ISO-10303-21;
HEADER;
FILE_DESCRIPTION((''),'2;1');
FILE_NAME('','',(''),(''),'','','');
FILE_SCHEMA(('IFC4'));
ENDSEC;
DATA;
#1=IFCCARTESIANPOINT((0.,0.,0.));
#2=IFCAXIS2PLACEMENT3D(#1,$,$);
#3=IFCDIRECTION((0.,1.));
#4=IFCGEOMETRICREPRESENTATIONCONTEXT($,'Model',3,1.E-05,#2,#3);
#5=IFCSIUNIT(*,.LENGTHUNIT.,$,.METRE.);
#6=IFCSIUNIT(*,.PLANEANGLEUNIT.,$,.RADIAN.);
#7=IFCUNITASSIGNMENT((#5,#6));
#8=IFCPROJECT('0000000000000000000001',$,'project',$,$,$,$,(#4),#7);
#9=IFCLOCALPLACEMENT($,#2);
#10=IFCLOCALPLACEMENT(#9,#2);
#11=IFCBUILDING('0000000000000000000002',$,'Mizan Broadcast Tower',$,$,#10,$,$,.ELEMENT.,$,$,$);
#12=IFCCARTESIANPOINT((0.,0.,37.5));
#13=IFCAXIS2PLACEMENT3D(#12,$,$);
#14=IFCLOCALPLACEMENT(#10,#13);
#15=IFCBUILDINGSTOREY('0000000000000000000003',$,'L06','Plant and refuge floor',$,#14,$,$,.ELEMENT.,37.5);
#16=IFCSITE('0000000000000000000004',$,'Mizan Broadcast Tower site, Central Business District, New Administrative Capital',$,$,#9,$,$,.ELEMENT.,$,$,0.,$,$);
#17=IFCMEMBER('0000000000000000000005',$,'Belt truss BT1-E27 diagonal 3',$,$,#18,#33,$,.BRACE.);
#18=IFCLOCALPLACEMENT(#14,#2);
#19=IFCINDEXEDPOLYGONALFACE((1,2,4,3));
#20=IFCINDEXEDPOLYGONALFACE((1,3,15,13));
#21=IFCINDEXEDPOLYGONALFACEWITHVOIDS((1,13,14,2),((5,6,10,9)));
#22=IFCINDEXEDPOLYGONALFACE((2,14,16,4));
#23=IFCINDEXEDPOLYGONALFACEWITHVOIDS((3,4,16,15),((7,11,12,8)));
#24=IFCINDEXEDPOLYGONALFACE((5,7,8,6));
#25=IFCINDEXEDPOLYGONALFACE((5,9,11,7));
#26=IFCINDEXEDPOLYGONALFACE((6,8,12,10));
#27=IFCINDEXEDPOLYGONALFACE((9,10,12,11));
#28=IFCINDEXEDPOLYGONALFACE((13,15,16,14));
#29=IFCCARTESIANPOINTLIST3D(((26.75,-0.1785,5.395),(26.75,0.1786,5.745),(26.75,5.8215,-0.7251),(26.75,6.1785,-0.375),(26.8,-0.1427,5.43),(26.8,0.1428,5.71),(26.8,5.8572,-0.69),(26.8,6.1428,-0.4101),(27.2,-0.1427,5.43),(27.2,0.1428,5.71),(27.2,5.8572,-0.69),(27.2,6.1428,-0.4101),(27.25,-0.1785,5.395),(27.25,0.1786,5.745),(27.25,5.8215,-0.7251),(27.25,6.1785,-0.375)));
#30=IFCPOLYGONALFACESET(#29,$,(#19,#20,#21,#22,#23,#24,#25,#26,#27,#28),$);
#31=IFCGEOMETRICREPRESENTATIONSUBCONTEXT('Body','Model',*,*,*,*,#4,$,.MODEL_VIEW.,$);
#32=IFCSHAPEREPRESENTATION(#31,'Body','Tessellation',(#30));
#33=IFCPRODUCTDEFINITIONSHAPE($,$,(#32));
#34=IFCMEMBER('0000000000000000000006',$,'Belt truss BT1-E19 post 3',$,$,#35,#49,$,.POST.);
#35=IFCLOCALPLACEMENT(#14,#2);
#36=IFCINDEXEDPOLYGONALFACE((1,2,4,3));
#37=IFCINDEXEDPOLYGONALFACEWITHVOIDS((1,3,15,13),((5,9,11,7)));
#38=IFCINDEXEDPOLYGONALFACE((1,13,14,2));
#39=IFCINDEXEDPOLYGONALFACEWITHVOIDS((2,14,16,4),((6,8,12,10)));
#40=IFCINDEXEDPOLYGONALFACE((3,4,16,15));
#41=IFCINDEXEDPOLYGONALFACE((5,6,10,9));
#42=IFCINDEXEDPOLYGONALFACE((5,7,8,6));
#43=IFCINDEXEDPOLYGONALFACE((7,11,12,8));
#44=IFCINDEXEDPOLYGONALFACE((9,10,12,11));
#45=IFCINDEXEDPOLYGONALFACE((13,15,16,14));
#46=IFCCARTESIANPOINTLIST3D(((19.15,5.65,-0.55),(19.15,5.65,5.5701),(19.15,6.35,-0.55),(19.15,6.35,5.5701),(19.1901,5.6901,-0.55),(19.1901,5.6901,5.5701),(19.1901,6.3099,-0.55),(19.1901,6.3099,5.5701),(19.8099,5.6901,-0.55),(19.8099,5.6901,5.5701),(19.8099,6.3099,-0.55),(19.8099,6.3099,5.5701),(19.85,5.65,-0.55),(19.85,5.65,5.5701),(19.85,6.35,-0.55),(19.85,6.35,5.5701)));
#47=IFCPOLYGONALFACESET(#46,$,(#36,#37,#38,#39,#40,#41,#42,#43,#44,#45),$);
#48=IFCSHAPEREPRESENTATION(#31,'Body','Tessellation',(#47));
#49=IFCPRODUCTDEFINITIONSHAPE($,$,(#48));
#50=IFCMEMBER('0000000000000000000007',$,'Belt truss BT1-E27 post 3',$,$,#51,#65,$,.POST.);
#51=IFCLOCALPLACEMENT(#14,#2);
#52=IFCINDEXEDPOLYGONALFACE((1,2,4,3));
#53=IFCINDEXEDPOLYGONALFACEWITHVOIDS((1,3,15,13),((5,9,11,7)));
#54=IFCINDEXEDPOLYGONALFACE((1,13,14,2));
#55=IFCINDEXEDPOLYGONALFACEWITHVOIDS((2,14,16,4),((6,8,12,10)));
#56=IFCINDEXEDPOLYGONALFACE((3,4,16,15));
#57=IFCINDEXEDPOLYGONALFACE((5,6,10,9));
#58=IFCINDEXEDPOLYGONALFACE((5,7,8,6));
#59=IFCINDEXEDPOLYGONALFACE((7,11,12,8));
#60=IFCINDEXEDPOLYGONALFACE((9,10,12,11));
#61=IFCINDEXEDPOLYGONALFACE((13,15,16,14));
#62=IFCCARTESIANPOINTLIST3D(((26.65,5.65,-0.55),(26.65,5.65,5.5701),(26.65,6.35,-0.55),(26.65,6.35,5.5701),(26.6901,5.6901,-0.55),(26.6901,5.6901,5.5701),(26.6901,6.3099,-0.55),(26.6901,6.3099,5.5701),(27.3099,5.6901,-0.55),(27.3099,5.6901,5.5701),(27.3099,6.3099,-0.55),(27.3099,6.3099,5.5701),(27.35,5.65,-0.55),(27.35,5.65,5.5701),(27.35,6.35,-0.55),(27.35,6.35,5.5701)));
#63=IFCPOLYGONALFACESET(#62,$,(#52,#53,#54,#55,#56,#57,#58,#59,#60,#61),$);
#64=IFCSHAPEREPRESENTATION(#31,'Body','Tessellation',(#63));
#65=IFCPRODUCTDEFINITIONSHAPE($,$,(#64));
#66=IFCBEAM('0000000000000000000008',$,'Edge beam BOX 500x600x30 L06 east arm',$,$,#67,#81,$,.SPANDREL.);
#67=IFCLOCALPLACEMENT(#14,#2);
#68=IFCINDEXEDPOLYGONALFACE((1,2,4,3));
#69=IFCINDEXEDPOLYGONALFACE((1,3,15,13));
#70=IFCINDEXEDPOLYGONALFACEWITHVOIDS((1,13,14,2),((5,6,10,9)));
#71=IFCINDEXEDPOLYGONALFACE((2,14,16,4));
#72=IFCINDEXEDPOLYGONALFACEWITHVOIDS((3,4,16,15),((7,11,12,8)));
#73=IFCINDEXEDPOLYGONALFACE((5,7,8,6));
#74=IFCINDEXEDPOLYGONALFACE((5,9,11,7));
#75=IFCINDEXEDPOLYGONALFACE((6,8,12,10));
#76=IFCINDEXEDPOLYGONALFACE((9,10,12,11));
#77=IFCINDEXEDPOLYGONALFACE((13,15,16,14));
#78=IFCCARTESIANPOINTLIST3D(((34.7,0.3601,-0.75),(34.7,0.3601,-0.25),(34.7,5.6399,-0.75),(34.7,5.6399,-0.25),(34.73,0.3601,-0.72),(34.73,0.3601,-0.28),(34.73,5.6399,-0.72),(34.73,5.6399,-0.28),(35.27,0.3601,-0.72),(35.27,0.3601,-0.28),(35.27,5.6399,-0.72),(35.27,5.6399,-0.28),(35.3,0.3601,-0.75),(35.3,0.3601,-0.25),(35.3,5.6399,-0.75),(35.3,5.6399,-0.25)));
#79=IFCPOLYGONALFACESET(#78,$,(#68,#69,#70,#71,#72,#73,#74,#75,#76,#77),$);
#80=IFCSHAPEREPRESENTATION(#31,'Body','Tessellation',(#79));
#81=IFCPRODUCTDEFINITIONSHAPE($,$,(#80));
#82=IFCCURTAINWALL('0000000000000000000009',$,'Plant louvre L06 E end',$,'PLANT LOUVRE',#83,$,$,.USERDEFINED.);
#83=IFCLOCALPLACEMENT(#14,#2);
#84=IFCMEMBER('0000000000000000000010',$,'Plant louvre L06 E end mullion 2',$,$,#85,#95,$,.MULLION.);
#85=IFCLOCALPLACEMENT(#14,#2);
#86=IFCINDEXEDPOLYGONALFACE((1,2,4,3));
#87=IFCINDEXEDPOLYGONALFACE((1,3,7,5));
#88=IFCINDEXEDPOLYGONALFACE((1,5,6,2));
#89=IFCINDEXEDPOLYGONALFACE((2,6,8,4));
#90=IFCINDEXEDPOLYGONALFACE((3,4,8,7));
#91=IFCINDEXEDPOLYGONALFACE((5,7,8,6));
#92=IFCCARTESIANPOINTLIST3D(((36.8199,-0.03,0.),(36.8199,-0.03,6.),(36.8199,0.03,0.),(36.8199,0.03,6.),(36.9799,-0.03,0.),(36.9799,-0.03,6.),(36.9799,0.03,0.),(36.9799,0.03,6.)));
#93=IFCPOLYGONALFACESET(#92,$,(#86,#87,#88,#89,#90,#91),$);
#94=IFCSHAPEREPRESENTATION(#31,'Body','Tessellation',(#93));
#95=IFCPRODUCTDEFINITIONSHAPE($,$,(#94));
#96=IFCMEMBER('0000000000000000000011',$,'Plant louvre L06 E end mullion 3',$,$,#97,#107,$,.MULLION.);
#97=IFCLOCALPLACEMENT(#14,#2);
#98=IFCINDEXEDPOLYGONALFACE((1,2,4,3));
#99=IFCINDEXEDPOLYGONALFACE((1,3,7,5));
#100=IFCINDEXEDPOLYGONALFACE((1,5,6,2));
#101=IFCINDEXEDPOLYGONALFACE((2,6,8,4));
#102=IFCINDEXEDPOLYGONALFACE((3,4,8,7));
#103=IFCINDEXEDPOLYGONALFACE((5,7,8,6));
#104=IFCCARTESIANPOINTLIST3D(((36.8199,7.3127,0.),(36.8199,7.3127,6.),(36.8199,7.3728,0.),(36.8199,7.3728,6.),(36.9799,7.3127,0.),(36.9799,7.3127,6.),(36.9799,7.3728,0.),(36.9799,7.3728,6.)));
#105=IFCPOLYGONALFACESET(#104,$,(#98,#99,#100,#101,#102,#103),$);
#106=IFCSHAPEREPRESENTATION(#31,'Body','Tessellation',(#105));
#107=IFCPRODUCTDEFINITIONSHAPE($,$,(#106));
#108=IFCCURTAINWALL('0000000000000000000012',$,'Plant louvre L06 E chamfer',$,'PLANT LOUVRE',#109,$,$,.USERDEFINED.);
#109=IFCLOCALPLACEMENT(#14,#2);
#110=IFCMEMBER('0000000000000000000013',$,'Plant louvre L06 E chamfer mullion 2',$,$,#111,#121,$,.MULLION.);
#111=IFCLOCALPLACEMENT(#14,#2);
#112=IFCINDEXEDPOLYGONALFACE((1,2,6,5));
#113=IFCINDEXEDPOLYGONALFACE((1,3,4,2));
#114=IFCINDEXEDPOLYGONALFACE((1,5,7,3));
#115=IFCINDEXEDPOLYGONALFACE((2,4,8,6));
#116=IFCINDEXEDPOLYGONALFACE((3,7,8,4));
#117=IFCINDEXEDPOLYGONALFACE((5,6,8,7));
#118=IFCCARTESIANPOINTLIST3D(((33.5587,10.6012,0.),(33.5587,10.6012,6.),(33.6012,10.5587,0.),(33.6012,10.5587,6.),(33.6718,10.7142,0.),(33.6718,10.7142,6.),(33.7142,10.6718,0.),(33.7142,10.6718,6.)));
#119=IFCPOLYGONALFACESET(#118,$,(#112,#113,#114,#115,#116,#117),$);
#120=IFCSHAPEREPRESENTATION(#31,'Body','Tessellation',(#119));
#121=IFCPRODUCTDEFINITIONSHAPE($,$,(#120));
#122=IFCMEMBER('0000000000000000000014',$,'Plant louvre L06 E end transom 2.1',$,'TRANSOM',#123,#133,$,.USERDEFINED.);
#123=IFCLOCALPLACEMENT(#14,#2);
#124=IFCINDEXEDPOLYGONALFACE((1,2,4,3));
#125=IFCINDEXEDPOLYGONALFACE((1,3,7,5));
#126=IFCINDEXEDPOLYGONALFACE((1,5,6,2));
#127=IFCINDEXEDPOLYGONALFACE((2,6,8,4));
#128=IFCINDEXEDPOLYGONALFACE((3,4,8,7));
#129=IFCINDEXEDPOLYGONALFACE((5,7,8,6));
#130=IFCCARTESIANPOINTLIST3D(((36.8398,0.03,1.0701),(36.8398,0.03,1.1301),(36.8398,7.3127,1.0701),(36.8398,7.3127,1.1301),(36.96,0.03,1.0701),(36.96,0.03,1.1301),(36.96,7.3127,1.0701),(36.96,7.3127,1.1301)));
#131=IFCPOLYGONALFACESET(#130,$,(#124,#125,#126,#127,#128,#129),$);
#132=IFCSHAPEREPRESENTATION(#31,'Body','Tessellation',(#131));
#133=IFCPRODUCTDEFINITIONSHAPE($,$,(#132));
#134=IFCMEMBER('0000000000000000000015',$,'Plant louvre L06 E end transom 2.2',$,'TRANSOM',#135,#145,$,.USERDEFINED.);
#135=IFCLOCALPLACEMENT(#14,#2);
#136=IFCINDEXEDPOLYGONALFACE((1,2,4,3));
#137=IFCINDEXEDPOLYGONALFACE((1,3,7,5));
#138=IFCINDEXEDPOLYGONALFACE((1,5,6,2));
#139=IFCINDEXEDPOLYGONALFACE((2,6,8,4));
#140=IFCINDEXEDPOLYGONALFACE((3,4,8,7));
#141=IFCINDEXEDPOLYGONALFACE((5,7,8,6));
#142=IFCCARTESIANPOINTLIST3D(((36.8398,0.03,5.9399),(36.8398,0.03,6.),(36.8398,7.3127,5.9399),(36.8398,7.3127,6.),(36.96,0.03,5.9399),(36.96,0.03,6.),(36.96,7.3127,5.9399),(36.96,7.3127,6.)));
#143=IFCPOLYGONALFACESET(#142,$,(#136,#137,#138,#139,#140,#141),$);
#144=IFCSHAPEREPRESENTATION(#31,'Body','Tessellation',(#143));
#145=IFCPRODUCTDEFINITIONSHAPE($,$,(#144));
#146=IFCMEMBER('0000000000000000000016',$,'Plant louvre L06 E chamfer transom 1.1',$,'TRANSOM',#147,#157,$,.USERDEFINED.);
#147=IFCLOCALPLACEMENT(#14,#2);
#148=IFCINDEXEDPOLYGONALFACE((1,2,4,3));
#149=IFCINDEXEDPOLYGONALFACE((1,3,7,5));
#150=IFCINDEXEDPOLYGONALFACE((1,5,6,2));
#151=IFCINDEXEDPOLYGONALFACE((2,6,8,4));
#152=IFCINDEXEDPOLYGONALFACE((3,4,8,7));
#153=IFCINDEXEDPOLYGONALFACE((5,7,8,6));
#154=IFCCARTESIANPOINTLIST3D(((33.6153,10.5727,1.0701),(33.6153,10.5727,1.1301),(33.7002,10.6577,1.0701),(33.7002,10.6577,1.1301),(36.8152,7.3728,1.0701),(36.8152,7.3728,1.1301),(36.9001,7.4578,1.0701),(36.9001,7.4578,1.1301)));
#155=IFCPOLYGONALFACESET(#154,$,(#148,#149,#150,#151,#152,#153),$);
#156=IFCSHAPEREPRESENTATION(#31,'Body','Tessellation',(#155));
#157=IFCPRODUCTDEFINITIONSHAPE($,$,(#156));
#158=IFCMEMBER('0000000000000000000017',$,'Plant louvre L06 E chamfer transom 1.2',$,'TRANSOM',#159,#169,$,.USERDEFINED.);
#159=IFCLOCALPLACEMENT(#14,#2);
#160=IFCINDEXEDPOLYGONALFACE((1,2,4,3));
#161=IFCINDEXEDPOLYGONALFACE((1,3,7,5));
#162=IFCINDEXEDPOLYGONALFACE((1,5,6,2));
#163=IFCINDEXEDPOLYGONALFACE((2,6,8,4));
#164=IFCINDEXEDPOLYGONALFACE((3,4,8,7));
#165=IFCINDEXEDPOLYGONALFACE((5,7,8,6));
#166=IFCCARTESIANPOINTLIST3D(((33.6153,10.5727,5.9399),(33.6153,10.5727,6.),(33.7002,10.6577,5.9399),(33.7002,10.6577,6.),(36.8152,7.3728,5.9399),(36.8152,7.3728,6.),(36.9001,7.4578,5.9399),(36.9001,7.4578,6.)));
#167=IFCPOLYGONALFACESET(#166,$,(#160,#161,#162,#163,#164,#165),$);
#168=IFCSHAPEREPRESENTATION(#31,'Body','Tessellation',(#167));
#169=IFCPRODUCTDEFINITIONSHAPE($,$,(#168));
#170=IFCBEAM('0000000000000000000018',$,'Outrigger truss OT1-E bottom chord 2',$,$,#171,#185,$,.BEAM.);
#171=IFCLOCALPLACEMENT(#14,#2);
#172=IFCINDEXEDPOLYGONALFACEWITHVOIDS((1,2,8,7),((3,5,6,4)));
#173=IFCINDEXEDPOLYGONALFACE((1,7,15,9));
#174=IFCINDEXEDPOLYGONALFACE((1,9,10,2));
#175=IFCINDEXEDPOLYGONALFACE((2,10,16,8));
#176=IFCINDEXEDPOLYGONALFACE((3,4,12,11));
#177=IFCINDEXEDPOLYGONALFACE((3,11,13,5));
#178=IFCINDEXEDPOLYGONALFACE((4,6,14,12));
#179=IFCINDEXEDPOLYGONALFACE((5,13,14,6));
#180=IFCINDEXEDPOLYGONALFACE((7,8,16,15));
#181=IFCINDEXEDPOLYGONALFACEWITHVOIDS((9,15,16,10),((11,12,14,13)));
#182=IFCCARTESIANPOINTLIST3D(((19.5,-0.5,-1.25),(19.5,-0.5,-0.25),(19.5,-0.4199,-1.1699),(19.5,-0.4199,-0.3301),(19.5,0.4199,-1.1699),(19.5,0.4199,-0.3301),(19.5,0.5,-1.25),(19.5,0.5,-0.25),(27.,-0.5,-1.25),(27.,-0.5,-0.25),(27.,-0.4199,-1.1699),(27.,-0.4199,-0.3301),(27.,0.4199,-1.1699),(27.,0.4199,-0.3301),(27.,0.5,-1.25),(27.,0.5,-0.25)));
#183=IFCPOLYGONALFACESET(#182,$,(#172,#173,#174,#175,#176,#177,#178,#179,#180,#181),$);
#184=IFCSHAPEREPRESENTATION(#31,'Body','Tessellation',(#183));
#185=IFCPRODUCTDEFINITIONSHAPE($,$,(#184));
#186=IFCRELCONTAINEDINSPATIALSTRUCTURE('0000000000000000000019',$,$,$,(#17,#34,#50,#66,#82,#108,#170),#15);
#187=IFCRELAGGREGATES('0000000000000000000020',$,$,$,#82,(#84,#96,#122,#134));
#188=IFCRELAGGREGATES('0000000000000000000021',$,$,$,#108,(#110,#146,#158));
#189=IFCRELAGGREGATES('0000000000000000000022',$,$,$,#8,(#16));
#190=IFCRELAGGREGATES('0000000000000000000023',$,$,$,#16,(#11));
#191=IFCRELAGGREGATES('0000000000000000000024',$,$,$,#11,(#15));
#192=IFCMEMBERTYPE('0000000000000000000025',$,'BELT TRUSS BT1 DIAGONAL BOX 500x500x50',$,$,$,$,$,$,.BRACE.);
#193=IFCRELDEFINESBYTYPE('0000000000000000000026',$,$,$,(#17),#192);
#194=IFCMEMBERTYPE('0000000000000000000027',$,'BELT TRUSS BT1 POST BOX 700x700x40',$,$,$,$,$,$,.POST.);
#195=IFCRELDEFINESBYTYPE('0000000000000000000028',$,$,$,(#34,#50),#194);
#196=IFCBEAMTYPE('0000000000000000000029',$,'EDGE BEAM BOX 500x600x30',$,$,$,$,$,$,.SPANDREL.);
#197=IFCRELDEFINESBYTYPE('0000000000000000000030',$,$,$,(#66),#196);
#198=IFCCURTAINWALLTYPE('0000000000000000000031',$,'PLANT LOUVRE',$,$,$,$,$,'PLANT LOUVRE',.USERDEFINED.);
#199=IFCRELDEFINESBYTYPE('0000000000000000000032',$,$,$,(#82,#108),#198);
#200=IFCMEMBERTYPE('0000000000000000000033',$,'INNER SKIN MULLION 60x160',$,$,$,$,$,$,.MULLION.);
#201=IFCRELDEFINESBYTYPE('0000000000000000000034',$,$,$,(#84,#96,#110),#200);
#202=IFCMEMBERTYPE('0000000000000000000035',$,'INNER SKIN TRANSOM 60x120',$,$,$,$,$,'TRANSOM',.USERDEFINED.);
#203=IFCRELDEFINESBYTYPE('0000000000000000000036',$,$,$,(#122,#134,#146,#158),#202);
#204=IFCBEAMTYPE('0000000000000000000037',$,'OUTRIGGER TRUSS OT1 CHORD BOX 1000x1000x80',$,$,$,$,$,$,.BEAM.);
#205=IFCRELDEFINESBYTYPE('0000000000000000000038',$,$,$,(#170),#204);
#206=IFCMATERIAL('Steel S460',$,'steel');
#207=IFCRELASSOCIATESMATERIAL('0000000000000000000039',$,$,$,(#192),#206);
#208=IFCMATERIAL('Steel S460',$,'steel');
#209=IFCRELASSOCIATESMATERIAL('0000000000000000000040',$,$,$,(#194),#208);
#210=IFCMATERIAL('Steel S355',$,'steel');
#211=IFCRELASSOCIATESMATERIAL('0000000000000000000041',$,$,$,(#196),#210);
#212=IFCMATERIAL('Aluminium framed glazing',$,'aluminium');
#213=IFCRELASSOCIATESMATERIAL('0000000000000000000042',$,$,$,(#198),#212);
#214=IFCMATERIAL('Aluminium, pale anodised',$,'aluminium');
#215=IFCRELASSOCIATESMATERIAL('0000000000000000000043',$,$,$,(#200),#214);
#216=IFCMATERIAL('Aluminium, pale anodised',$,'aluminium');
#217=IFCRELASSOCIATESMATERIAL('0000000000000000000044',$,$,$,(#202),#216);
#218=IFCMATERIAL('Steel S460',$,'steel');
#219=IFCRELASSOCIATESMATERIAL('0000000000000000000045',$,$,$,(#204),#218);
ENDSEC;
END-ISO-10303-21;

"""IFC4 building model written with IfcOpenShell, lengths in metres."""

from ifc_helpers import new_model, si_unit, direction, frame, origin, origin_2d, place, context, subcontext, project, spatial, rectangle, hollow_rectangle, extrude, material, material_profile, profile_set, type_object, element, aggregate, save


model = new_model("IFC4")

# Units and contexts
model_context = context("Model", 3, precision=1e-05, world=origin(), true_north=direction((0.0, 1.0)))
body_context = subcontext(model_context, "Body", "Model", "MODEL_VIEW")
ifc_project = project(units=[si_unit("LENGTHUNIT", "METRE"), si_unit("PLANEANGLEUNIT", "RADIAN")], contexts=[model_context])

# Site, building, storey
site_placement = place(None, origin())
site = spatial("IfcSite", under=ifc_project, at=site_placement, Name="Mizan Broadcast Tower site, Central Business District, New Administrative Capital", CompositionType="ELEMENT", RefElevation=0.0)
building_placement = place(site_placement, origin())
building = spatial("IfcBuilding", under=site, at=building_placement, Name="Mizan Broadcast Tower", CompositionType="ELEMENT")
storey_placement = place(building_placement, frame((0.0, 0.0, 37.5)))
storey = spatial("IfcBuildingStorey", under=building, at=storey_placement, Name="L06", Description="Plant and refuge floor", CompositionType="ELEMENT", Elevation=37.5)

# Members
ifc_material_1 = material(Name="Steel S460", Category="steel")
ifc_material_profile_1 = material_profile(ifc_material_1, hollow_rectangle(XDim=0.5, YDim=0.5, WallThickness=0.05, at=origin_2d()), Name="BOX 500x500x50")
ifc_profile_set_1 = profile_set([ifc_material_profile_1], Name="Steel S460")
member_type_1 = type_object("IfcMemberType", Name="BELT TRUSS BT1 DIAGONAL BOX 500x500x50", PredefinedType="BRACE", material=ifc_profile_set_1)
for number, where, z_axis, x_axis, name in (
    (1, (27.0, 6.0, -0.55), (0.0, -0.700065, 0.71408), (1.0, 0.0, 0.0), "Belt truss BT1-E27 diagonal 3"),
):
    element("IfcMember", number, at=place(storey_placement, frame(where, z_axis=z_axis, x_axis=x_axis)), inside=storey, type_object=member_type_1, Name=name, PredefinedType="BRACE", context=body_context, shape_type="SweptSolid", body=[
        extrude(hollow_rectangle(XDim=0.5, YDim=0.5, WallThickness=0.05, at=origin_2d()), origin(), (0.0, 0.0, 1.0), 8.5706),
    ])
ifc_material_2 = material(Name="Steel S460", Category="steel")
ifc_material_profile_2 = material_profile(ifc_material_2, hollow_rectangle(XDim=0.7, YDim=0.7, WallThickness=0.04, at=origin_2d()), Name="BOX 700x700x40")
ifc_profile_set_2 = profile_set([ifc_material_profile_2], Name="Steel S460")
member_type_2 = type_object("IfcMemberType", Name="BELT TRUSS BT1 POST BOX 700x700x40", PredefinedType="POST", material=ifc_profile_set_2)
for number, where, z_axis, x_axis, name in (
    (2, (19.5, 6.0, -0.55), (0.0, 0.0, 1.0), (1.0, 0.0, 0.0), "Belt truss BT1-E19 post 3"),
    (3, (27.0, 6.0, -0.55), (0.0, 0.0, 1.0), (1.0, 0.0, 0.0), "Belt truss BT1-E27 post 3"),
):
    element("IfcMember", number, at=place(storey_placement, frame(where, z_axis=z_axis, x_axis=x_axis)), inside=storey, type_object=member_type_2, Name=name, PredefinedType="POST", context=body_context, shape_type="SweptSolid", body=[
        extrude(hollow_rectangle(XDim=0.7, YDim=0.7, WallThickness=0.04, at=origin_2d()), origin(), (0.0, 0.0, 1.0), 6.1201),
    ])

# Beam
ifc_material_3 = material(Name="Steel S355", Category="steel")
ifc_material_profile_3 = material_profile(ifc_material_3, hollow_rectangle(XDim=0.6001, YDim=0.5, WallThickness=0.03, at=origin_2d()), Name="BOX 500x600x30")
ifc_profile_set_3 = profile_set([ifc_material_profile_3], Name="Steel S355")
beam_type_1 = type_object("IfcBeamType", Name="EDGE BEAM BOX 500x600x30", PredefinedType="SPANDREL", material=ifc_profile_set_3)
beam_1_placement = place(storey_placement, frame((35.0, 5.6399, -0.5), z_axis=(0.0, -1.0, 0.0), x_axis=(1.0, 0.0, 0.0)))
element("IfcBeam", 4, at=beam_1_placement, inside=storey, type_object=beam_type_1, Name="Edge beam BOX 500x600x30 L06 east arm", PredefinedType="SPANDREL", context=body_context, shape_type="SweptSolid", body=[
    extrude(hollow_rectangle(XDim=0.6001, YDim=0.5, WallThickness=0.03, at=origin_2d()), origin(), (0.0, 0.0, 1.0), 5.2798),
])

# Curtain wall, members
ifc_material_4 = material(Name="Aluminium framed glazing", Category="aluminium")
curtain_wall_type = type_object("IfcCurtainWallType", Name="PLANT LOUVRE", ElementType="PLANT LOUVRE", PredefinedType="USERDEFINED", material=ifc_material_4)
curtain_wall_1_placement = place(storey_placement, origin())
curtain_wall_1 = element("IfcCurtainWall", 5, at=curtain_wall_1_placement, inside=storey, type_object=curtain_wall_type, Name="Plant louvre L06 E end", ObjectType="PLANT LOUVRE", PredefinedType="USERDEFINED")
ifc_material_5 = material(Name="Aluminium, pale anodised", Category="aluminium")
ifc_material_profile_4 = material_profile(ifc_material_5, rectangle(XDim=0.1599, YDim=0.0601, at=origin_2d()), Name="MULLION 160x60")
ifc_profile_set_4 = profile_set([ifc_material_profile_4], Name="Aluminium, pale anodised")
member_type_3 = type_object("IfcMemberType", Name="INNER SKIN MULLION 60x160", PredefinedType="MULLION", material=ifc_profile_set_4)
member_1_placement = place(storey_placement, frame((36.8999, 0.0, 0.0), z_axis=(0.0, 0.0, 1.0), x_axis=(-1.0, 0.0, 0.0)))
member_1 = element("IfcMember", 6, at=member_1_placement, type_object=member_type_3, Name="Plant louvre L06 E end mullion 2", PredefinedType="MULLION", context=body_context, shape_type="SweptSolid", body=[
    extrude(rectangle(XDim=0.1599, YDim=0.0601, at=origin_2d()), origin(), (0.0, 0.0, 1.0), 6.0),
])
member_2_placement = place(storey_placement, frame((36.8999, 7.3428, 0.0), z_axis=(0.0, 0.0, 1.0), x_axis=(-1.0, 0.0, 0.0)))
member_2 = element("IfcMember", 7, at=member_2_placement, type_object=member_type_3, Name="Plant louvre L06 E end mullion 3", PredefinedType="MULLION", context=body_context, shape_type="SweptSolid", body=[
    extrude(rectangle(XDim=0.1599, YDim=0.0601, at=origin_2d()), origin(), (0.0, 0.0, 1.0), 6.0),
])

# Curtain wall, member
curtain_wall_2_placement = place(storey_placement, origin())
curtain_wall_2 = element("IfcCurtainWall", 8, at=curtain_wall_2_placement, inside=storey, type_object=curtain_wall_type, Name="Plant louvre L06 E chamfer", ObjectType="PLANT LOUVRE", PredefinedType="USERDEFINED")
member_3_placement = place(storey_placement, frame((33.6365, 10.6365, 0.0), z_axis=(0.0, 0.0, 1.0), x_axis=(-0.707107, -0.707107, 0.0)))
member_3 = element("IfcMember", 9, at=member_3_placement, type_object=member_type_3, Name="Plant louvre L06 E chamfer mullion 2", PredefinedType="MULLION", context=body_context, shape_type="SweptSolid", body=[
    extrude(rectangle(XDim=0.1599, YDim=0.0601, at=origin_2d()), origin(), (0.0, 0.0, 1.0), 6.0),
])

# Members
ifc_material_6 = material(Name="Aluminium, pale anodised", Category="aluminium")
ifc_material_profile_5 = material_profile(ifc_material_6, rectangle(XDim=0.1201, YDim=0.0601, at=origin_2d()), Name="TRANSOM 120x60")
ifc_profile_set_5 = profile_set([ifc_material_profile_5], Name="Aluminium, pale anodised")
member_type_4 = type_object("IfcMemberType", Name="INNER SKIN TRANSOM 60x120", ElementType="TRANSOM", PredefinedType="USERDEFINED", material=ifc_profile_set_5)
member_4_placement = place(storey_placement, frame((36.8999, 0.03, 1.1001), z_axis=(0.0, 1.0, 0.0), x_axis=(-1.0, 0.0, 0.0)))
member_4 = element("IfcMember", 10, at=member_4_placement, type_object=member_type_4, Name="Plant louvre L06 E end transom 2.1", ObjectType="TRANSOM", PredefinedType="USERDEFINED", context=body_context, shape_type="SweptSolid", body=[
    extrude(rectangle(XDim=0.1201, YDim=0.0601, at=origin_2d()), origin(), (0.0, 0.0, 1.0), 7.2827),
])
member_5_placement = place(storey_placement, frame((36.8999, 0.03, 5.97), z_axis=(0.0, 1.0, 0.0), x_axis=(-1.0, 0.0, 0.0)))
member_5 = element("IfcMember", 11, at=member_5_placement, type_object=member_type_4, Name="Plant louvre L06 E end transom 2.2", ObjectType="TRANSOM", PredefinedType="USERDEFINED", context=body_context, shape_type="SweptSolid", body=[
    extrude(rectangle(XDim=0.1201, YDim=0.0601, at=origin_2d()), origin(), (0.0, 0.0, 1.0), 7.2827),
])
member_6_placement = place(storey_placement, frame((36.8577, 7.4153, 1.1001), z_axis=(-0.707107, 0.707107, 0.0), x_axis=(-0.707107, -0.707107, 0.0)))
member_6 = element("IfcMember", 12, at=member_6_placement, type_object=member_type_4, Name="Plant louvre L06 E chamfer transom 1.1", ObjectType="TRANSOM", PredefinedType="USERDEFINED", context=body_context, shape_type="SweptSolid", body=[
    extrude(rectangle(XDim=0.1201, YDim=0.0601, at=origin_2d()), origin(), (0.0, 0.0, 1.0), 4.5254),
])
member_7_placement = place(storey_placement, frame((36.8577, 7.4153, 5.97), z_axis=(-0.707107, 0.707107, 0.0), x_axis=(-0.707107, -0.707107, 0.0)))
member_7 = element("IfcMember", 13, at=member_7_placement, type_object=member_type_4, Name="Plant louvre L06 E chamfer transom 1.2", ObjectType="TRANSOM", PredefinedType="USERDEFINED", context=body_context, shape_type="SweptSolid", body=[
    extrude(rectangle(XDim=0.1201, YDim=0.0601, at=origin_2d()), origin(), (0.0, 0.0, 1.0), 4.5254),
])

# Beam
ifc_material_7 = material(Name="Steel S460", Category="steel")
ifc_material_profile_6 = material_profile(ifc_material_7, hollow_rectangle(XDim=1.0, YDim=1.0, WallThickness=0.0801, at=origin_2d()), Name="BOX 1000x1000x80")
ifc_profile_set_6 = profile_set([ifc_material_profile_6], Name="Steel S460")
beam_type_2 = type_object("IfcBeamType", Name="OUTRIGGER TRUSS OT1 CHORD BOX 1000x1000x80", PredefinedType="BEAM", material=ifc_profile_set_6)
beam_2_placement = place(storey_placement, frame((19.5, 0.0, -0.75), z_axis=(1.0, 0.0, 0.0), x_axis=(0.0, 1.0, 0.0)))
element("IfcBeam", 14, at=beam_2_placement, inside=storey, type_object=beam_type_2, Name="Outrigger truss OT1-E bottom chord 2", PredefinedType="BEAM", context=body_context, shape_type="SweptSolid", body=[
    extrude(hollow_rectangle(XDim=1.0, YDim=1.0, WallThickness=0.0801, at=origin_2d()), origin(), (0.0, 0.0, 1.0), 7.5),
])

aggregate(curtain_wall_1, [member_1, member_2, member_4, member_5])
aggregate(curtain_wall_2, [member_3, member_6, member_7])

save(model, "model.ifc")
